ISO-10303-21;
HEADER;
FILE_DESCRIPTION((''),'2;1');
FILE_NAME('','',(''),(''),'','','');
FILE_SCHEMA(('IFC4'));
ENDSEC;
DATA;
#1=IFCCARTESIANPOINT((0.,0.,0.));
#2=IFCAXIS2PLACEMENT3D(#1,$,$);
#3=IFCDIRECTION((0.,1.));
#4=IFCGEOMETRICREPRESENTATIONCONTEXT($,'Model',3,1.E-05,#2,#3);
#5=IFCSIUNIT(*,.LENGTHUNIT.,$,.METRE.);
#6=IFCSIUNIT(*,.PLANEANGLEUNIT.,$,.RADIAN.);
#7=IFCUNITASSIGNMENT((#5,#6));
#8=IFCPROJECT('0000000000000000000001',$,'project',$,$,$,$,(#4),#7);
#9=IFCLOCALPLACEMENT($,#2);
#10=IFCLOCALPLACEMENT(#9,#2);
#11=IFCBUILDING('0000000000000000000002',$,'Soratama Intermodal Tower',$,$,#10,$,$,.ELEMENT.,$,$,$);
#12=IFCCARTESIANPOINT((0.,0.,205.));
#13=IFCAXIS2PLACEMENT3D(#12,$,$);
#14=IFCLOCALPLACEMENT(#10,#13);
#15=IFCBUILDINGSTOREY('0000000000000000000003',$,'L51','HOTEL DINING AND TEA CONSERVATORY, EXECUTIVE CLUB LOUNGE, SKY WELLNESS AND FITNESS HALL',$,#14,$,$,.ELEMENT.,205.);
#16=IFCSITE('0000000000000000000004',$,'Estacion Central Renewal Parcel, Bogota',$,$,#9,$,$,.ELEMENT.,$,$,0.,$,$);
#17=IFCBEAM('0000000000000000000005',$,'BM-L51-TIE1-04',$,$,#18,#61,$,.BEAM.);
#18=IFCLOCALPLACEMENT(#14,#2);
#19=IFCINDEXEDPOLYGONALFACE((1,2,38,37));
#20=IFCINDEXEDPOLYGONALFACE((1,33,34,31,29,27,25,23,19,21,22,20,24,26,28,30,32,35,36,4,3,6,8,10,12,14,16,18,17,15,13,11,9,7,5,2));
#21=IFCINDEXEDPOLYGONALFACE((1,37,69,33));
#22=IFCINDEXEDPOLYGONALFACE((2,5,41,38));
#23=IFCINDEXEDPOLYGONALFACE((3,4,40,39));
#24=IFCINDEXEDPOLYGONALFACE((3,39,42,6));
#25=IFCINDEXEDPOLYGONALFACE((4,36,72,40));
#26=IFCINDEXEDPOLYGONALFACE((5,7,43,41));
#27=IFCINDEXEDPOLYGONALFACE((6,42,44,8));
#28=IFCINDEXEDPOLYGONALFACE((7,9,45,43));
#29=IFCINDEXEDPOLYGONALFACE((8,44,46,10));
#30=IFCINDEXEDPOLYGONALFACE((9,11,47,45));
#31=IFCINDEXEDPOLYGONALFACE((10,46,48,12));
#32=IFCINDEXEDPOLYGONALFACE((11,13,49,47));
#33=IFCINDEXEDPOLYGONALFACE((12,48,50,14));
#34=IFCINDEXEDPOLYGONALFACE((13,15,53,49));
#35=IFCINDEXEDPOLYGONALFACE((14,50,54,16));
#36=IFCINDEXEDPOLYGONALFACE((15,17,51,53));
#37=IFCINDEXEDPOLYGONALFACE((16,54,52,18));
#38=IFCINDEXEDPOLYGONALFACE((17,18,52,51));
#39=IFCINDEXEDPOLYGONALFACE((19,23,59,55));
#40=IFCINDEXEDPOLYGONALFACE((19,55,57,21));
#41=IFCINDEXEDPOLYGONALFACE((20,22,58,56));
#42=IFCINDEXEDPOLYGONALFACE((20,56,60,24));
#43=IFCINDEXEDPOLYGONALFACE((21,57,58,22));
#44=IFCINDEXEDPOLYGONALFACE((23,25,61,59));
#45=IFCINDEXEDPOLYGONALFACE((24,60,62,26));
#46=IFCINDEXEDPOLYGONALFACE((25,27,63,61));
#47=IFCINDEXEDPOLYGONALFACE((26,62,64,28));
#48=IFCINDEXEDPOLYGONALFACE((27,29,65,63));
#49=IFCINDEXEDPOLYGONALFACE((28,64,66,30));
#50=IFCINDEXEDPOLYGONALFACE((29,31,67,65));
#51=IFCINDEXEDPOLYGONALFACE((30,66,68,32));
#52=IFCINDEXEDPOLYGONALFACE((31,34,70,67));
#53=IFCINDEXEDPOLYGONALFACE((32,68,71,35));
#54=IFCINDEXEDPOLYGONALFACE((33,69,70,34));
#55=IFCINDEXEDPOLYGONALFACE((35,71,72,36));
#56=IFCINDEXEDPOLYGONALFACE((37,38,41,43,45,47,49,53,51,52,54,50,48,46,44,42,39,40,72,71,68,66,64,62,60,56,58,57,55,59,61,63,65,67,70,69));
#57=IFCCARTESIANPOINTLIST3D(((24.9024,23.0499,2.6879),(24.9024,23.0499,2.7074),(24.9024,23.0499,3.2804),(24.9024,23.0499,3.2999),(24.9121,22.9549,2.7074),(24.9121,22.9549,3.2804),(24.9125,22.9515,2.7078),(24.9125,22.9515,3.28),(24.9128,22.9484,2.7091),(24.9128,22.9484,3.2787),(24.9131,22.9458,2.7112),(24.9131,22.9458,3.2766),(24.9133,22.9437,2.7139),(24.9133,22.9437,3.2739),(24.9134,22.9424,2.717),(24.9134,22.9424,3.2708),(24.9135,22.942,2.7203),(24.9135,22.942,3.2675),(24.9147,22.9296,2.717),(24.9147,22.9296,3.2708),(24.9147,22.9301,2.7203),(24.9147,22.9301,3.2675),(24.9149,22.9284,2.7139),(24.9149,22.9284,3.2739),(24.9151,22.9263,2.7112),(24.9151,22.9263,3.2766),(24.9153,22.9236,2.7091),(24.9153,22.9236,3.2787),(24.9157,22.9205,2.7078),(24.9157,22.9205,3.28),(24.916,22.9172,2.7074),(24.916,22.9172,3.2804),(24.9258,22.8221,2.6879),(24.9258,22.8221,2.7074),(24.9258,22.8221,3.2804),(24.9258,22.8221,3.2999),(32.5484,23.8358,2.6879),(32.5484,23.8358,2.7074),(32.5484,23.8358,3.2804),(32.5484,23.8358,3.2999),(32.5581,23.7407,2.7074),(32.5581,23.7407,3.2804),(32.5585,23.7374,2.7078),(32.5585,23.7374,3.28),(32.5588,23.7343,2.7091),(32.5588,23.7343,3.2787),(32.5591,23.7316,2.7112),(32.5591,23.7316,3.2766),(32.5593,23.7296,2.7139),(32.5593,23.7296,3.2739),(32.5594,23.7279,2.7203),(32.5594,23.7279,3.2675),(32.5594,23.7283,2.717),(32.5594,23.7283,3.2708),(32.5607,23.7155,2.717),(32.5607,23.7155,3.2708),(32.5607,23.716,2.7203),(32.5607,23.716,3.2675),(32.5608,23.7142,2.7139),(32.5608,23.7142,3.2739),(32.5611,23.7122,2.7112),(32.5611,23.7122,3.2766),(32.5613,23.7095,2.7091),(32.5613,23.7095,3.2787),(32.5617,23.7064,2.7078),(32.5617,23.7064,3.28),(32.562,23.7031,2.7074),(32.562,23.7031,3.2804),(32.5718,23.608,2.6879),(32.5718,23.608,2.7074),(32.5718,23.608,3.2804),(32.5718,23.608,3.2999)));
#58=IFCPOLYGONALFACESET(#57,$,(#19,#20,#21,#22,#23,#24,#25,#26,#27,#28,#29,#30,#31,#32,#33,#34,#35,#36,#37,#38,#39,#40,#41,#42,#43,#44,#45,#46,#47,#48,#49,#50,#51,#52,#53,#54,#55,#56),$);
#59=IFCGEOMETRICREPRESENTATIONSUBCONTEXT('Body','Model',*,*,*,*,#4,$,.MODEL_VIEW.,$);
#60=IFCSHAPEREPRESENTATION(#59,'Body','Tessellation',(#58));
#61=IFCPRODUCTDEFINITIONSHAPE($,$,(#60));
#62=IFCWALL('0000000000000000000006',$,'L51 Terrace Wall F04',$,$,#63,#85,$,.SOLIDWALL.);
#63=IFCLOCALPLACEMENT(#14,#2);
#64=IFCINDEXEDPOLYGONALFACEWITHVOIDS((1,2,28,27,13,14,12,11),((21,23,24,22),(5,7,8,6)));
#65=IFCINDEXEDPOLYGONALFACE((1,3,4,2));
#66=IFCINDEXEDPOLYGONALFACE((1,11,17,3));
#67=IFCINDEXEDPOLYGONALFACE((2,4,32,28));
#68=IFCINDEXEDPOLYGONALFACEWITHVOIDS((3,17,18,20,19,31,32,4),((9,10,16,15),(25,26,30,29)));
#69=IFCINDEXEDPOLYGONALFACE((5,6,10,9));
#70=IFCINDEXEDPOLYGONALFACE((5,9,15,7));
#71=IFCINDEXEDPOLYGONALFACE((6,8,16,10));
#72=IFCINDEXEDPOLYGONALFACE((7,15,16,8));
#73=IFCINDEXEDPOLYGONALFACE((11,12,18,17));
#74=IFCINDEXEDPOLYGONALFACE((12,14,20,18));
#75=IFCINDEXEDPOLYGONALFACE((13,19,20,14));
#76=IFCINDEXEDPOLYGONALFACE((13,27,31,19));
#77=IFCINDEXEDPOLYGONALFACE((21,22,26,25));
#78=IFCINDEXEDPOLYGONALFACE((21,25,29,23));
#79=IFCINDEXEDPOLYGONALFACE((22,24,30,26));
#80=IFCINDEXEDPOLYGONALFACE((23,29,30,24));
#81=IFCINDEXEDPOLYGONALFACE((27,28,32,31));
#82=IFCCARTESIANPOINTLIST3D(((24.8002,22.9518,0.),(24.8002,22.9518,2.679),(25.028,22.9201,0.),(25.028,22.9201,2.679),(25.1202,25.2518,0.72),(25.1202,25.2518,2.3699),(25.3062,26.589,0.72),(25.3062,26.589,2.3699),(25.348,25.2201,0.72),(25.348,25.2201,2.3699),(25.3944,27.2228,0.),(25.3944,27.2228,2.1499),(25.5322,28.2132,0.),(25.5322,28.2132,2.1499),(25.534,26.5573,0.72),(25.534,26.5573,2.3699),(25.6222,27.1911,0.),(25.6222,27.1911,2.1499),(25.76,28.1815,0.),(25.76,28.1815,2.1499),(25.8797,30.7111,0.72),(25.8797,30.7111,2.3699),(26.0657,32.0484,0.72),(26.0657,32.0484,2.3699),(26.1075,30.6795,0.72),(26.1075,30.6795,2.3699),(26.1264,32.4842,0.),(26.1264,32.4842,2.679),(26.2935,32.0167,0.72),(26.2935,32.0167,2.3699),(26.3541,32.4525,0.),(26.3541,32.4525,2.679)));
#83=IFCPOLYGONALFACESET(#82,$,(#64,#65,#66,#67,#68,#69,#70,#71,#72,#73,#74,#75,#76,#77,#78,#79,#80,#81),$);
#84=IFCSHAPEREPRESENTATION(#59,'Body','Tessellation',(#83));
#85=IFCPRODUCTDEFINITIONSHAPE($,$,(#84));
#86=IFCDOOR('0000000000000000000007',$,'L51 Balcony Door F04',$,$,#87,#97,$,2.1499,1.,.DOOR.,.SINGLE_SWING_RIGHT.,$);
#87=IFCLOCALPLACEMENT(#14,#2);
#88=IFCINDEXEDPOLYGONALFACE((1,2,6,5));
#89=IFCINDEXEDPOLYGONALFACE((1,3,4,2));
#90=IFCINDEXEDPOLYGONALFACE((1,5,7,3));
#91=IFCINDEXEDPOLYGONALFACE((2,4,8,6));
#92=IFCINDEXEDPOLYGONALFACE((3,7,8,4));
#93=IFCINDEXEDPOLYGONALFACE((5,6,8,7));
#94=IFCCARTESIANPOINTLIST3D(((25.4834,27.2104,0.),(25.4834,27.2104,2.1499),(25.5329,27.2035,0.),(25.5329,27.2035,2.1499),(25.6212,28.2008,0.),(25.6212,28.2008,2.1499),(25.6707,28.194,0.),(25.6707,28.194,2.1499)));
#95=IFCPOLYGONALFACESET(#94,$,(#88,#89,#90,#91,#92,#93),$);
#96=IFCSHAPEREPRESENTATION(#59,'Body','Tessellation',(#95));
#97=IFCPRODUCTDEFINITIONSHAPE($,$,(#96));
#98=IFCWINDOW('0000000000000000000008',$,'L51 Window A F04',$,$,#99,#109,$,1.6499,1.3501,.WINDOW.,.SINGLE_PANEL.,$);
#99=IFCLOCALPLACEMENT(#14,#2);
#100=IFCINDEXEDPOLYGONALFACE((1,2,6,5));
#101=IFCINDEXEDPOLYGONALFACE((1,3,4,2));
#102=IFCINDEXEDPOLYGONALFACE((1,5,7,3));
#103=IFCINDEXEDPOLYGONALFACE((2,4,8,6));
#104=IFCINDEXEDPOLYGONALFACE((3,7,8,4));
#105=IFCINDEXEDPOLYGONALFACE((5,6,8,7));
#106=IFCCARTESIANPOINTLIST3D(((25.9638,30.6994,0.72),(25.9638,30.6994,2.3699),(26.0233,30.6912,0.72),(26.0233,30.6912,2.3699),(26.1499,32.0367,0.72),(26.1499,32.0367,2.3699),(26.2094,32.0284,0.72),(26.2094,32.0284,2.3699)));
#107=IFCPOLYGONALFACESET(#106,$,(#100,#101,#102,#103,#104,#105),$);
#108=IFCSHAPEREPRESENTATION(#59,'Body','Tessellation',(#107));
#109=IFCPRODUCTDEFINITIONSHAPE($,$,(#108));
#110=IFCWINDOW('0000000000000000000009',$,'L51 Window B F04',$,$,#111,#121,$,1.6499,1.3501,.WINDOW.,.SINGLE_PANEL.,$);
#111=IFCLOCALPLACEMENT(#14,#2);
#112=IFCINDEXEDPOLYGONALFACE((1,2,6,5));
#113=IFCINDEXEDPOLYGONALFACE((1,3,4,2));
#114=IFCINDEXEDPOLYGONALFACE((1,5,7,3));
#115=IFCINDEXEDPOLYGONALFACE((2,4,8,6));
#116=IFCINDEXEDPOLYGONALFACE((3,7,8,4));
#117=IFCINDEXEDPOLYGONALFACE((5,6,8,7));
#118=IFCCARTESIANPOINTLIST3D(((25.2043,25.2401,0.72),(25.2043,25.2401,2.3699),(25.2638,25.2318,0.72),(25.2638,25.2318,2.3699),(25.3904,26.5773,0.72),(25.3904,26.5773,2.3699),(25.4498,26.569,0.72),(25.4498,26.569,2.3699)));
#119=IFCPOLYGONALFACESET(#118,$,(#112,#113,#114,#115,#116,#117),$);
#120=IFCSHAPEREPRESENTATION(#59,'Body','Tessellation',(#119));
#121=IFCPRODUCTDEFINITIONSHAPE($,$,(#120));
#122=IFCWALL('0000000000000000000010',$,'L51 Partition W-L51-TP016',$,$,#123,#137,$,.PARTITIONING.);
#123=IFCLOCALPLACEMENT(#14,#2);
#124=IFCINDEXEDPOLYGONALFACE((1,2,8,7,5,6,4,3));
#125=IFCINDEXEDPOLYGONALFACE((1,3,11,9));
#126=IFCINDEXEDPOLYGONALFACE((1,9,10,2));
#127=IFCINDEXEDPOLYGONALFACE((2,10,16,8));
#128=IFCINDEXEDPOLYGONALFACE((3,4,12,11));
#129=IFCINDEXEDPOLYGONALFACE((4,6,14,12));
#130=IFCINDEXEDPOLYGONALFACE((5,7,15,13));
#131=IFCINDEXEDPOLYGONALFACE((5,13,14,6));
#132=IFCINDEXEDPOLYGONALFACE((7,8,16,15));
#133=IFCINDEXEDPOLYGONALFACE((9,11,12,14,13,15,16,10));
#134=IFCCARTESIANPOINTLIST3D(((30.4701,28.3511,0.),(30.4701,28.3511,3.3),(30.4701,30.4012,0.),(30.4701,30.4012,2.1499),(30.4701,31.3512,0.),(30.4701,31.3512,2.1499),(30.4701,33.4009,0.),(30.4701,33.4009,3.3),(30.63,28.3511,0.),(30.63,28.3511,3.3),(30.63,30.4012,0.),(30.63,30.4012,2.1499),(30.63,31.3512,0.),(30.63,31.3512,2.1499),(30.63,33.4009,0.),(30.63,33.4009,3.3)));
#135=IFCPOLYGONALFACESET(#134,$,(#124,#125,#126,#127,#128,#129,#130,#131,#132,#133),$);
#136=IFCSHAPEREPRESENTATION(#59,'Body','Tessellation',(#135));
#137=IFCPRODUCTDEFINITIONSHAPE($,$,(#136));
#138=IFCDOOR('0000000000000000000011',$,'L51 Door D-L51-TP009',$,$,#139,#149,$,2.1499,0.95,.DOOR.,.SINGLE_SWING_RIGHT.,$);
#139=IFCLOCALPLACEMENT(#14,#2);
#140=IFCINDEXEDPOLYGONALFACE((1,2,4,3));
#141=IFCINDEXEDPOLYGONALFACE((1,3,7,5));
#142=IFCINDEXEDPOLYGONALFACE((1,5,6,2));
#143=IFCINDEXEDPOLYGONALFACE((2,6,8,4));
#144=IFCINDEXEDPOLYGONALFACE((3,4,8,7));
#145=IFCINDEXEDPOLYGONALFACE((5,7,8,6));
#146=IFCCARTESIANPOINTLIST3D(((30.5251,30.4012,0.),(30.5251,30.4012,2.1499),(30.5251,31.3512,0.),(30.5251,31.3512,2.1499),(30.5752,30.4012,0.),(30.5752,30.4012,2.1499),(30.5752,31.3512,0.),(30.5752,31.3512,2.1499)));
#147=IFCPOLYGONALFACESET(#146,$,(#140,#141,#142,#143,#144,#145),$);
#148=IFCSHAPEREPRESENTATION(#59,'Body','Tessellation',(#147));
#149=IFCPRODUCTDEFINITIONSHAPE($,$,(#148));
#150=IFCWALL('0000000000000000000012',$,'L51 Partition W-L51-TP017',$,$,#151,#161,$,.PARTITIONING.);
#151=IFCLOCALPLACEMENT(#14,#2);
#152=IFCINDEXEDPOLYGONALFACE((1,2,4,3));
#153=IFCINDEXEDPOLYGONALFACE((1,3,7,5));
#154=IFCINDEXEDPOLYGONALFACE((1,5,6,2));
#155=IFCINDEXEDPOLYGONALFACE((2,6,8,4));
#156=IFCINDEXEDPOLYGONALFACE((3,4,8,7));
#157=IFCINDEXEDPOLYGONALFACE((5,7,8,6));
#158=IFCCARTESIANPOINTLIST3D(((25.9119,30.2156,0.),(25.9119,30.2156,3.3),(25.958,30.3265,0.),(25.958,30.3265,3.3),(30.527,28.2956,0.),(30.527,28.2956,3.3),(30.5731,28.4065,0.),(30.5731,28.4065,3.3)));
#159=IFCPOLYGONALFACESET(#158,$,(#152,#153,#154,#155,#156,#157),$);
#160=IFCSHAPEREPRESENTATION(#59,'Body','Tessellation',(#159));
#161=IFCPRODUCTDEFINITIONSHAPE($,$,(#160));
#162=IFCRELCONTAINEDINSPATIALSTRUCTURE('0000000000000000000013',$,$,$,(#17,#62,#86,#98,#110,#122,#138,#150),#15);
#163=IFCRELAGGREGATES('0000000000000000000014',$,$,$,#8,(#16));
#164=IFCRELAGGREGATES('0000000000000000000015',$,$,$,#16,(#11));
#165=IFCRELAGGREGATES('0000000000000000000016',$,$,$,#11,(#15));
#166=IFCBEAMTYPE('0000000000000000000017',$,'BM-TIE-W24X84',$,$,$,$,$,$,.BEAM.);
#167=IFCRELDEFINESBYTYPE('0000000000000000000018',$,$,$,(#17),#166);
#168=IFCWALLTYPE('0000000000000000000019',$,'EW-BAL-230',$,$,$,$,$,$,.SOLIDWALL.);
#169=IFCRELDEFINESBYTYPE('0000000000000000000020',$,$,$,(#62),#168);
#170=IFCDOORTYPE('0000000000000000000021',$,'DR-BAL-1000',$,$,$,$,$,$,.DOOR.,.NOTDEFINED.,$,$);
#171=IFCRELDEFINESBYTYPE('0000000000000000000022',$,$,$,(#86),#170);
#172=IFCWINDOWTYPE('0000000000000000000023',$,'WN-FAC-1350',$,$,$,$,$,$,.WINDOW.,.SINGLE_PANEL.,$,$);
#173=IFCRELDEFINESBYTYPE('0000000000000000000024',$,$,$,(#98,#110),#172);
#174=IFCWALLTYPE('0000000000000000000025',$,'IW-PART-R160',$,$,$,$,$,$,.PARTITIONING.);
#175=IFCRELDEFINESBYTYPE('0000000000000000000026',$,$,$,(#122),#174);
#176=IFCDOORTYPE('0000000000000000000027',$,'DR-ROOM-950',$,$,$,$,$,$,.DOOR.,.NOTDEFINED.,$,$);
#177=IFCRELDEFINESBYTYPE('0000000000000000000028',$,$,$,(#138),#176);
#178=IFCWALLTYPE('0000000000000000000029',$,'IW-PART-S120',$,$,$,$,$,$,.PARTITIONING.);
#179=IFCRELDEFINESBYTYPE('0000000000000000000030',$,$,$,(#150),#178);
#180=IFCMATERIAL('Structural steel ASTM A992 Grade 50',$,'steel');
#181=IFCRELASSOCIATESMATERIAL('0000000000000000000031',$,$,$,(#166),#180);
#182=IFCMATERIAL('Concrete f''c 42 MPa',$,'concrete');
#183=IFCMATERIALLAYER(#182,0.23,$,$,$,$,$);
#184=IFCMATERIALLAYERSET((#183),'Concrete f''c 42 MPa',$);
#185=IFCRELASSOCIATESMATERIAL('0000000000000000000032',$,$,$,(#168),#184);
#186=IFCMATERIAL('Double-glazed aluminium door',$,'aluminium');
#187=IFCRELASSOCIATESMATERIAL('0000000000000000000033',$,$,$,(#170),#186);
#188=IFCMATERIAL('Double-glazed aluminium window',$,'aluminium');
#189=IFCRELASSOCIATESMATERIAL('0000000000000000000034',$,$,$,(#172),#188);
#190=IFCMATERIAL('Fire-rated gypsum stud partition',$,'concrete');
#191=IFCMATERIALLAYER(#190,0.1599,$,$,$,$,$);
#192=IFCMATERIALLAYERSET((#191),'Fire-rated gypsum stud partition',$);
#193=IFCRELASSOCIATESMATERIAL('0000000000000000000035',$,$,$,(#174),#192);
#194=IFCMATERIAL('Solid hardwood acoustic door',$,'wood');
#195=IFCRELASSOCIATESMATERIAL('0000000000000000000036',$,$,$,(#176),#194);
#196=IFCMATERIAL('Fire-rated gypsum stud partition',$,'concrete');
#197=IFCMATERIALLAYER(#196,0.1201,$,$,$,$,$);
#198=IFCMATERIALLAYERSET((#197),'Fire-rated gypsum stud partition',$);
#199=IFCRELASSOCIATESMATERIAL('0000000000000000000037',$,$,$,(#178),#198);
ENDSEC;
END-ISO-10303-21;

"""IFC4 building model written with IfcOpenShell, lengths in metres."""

from ifc_helpers import new_model, si_unit, direction, frame, frame_2d, origin, origin_2d, place, context, subcontext, project, spatial, rectangle, i_section, extrude, material, layer, layer_set, material_profile, profile_set, type_object, element, fill, save


model = new_model("IFC4")

# Units and contexts
model_context = context("Model", 3, precision=1e-05, world=origin(), true_north=direction((0.0, 1.0)))
body_context = subcontext(model_context, "Body", "Model", "MODEL_VIEW")
ifc_project = project(units=[si_unit("LENGTHUNIT", "METRE"), si_unit("PLANEANGLEUNIT", "RADIAN")], contexts=[model_context])

# Site, building, storey
site_placement = place(None, origin())
site = spatial("IfcSite", under=ifc_project, at=site_placement, Name="Estacion Central Renewal Parcel, Bogota", CompositionType="ELEMENT", RefElevation=0.0)
building_placement = place(site_placement, origin())
building = spatial("IfcBuilding", under=site, at=building_placement, Name="Soratama Intermodal Tower", CompositionType="ELEMENT")
storey_placement = place(building_placement, frame((0.0, 0.0, 205.0)))
storey = spatial("IfcBuildingStorey", under=building, at=storey_placement, Name="L51", Description="HOTEL DINING AND TEA CONSERVATORY, EXECUTIVE CLUB LOUNGE, SKY WELLNESS AND FITNESS HALL", CompositionType="ELEMENT", Elevation=205.0)

# Beam
ifc_material_1 = material(Name="Structural steel ASTM A992 Grade 50", Category="steel")
ifc_material_profile_1 = material_profile(ifc_material_1, i_section(OverallWidth=0.229, OverallDepth=0.6121, WebThickness=0.012, FlangeThickness=0.0195, FilletRadius=0.0129, at=origin_2d()), Name="W24X84")
ifc_profile_set_1 = profile_set([ifc_material_profile_1], Name="Structural steel ASTM A992 Grade 50")
beam_type_1 = type_object("IfcBeamType", Name="BM-TIE-W24X84", PredefinedType="BEAM", material=ifc_profile_set_1)
beam_1_placement = place(storey_placement, frame((32.5601, 23.7219, 2.9939), z_axis=(-0.994759, -0.102246, 0.0), x_axis=(0.102246, -0.994759, 0.0)))
element("IfcBeam", 1, at=beam_1_placement, inside=storey, type_object=beam_type_1, Name="BM-L51-TIE1-04", PredefinedType="BEAM", context=body_context, shape_type="SweptSolid", body=[
    extrude(i_section(OverallWidth=0.229, OverallDepth=0.6121, WebThickness=0.012, FlangeThickness=0.0195, FilletRadius=0.0129, at=origin_2d()), origin(), (0.0, 0.0, 1.0), 7.6863),
])

# Wall, openings, door, windows
ifc_material_2 = material(Name="Concrete f'c 42 MPa", Category="concrete")
ifc_layer_1 = layer(ifc_material_2, 0.23)
ifc_layer_set_1 = layer_set([ifc_layer_1], Name="Concrete f'c 42 MPa")
wall_type_1 = type_object("IfcWallType", Name="EW-BAL-230", PredefinedType="SOLIDWALL", material=ifc_layer_set_1)
wall_1_placement = place(storey_placement, frame((26.2402, 32.4683, 0.0), z_axis=(0.0, 0.0, 1.0), x_axis=(-0.137794, -0.990461, 0.0)))
wall_1 = element("IfcWall", 2, at=wall_1_placement, inside=storey, type_object=wall_type_1, Name="L51 Terrace Wall F04", PredefinedType="SOLIDWALL", context=body_context, shape_type="SweptSolid", body=[
    extrude(rectangle(XDim=9.6243, YDim=0.23, at=frame_2d((4.812, 0.0))), origin(), (0.0, 0.0, 1.0), 2.679),
])
opening_1_placement = place(wall_1_placement, frame((4.312, 0.0, 0.0)))
opening_1 = element("IfcOpeningElement", 3, at=opening_1_placement, cuts=wall_1, PredefinedType="OPENING", context=body_context, shape_type="SweptSolid", body=[
    extrude(rectangle(XDim=1.0, YDim=2.1499, at=frame_2d((0.5, 1.075))), frame((0.0, 0.125, 0.0), z_axis=(0.0, -1.0, 0.0), x_axis=(1.0, 0.0, 0.0)), (0.0, 0.0, 1.0), 0.25),
])
opening_2_placement = place(wall_1_placement, frame((0.4399, 0.0, 0.72)))
opening_2 = element("IfcOpeningElement", 4, at=opening_2_placement, cuts=wall_1, PredefinedType="OPENING", context=body_context, shape_type="SweptSolid", body=[
    extrude(rectangle(XDim=1.3501, YDim=1.6499, at=frame_2d((0.675, 0.825))), frame((0.0, 0.125, 0.0), z_axis=(0.0, -1.0, 0.0), x_axis=(1.0, 0.0, 0.0)), (0.0, 0.0, 1.0), 0.25),
])
opening_3_placement = place(wall_1_placement, frame((5.9519, 0.0, 0.72)))
opening_3 = element("IfcOpeningElement", 5, at=opening_3_placement, cuts=wall_1, PredefinedType="OPENING", context=body_context, shape_type="SweptSolid", body=[
    extrude(rectangle(XDim=1.3501, YDim=1.6499, at=frame_2d((0.675, 0.825))), frame((0.0, 0.125, 0.0), z_axis=(0.0, -1.0, 0.0), x_axis=(1.0, 0.0, 0.0)), (0.0, 0.0, 1.0), 0.25),
])
ifc_material_3 = material(Name="Double-glazed aluminium door", Category="aluminium")
door_type_1 = type_object("IfcDoorType", Name="DR-BAL-1000", OperationType="NOTDEFINED", PredefinedType="DOOR", material=ifc_material_3)
door_1_placement = place(opening_1_placement, origin())
door_1 = element("IfcDoor", 6, at=door_1_placement, inside=storey, type_object=door_type_1, Name="L51 Balcony Door F04", OperationType="SINGLE_SWING_RIGHT", OverallHeight=2.1499, OverallWidth=1.0, PredefinedType="DOOR", context=body_context, shape_type="SweptSolid", body=[
    extrude(rectangle(XDim=1.0, YDim=2.1499, at=frame_2d((0.5, 1.075))), frame((0.0, 0.0249, 0.0), z_axis=(0.0, -1.0, 0.0), x_axis=(1.0, 0.0, 0.0)), (0.0, 0.0, 1.0), 0.05),
])
fill(opening_1, door_1)
ifc_material_4 = material(Name="Double-glazed aluminium window", Category="aluminium")
window_type = type_object("IfcWindowType", Name="WN-FAC-1350", PartitioningType="SINGLE_PANEL", PredefinedType="WINDOW", material=ifc_material_4)
window_1_placement = place(opening_2_placement, origin())
window_1 = element("IfcWindow", 7, at=window_1_placement, inside=storey, type_object=window_type, Name="L51 Window A F04", OverallHeight=1.6499, OverallWidth=1.3501, PartitioningType="SINGLE_PANEL", PredefinedType="WINDOW", context=body_context, shape_type="SweptSolid", body=[
    extrude(rectangle(XDim=1.3501, YDim=1.6499, at=frame_2d((0.675, 0.825))), frame((0.0, 0.03, 0.0), z_axis=(0.0, -1.0, 0.0), x_axis=(1.0, 0.0, 0.0)), (0.0, 0.0, 1.0), 0.0601),
])
fill(opening_2, window_1)
window_2_placement = place(opening_3_placement, origin())
window_2 = element("IfcWindow", 8, at=window_2_placement, inside=storey, type_object=window_type, Name="L51 Window B F04", OverallHeight=1.6499, OverallWidth=1.3501, PartitioningType="SINGLE_PANEL", PredefinedType="WINDOW", context=body_context, shape_type="SweptSolid", body=[
    extrude(rectangle(XDim=1.3501, YDim=1.6499, at=frame_2d((0.675, 0.825))), frame((0.0, 0.03, 0.0), z_axis=(0.0, -1.0, 0.0), x_axis=(1.0, 0.0, 0.0)), (0.0, 0.0, 1.0), 0.0601),
])
fill(opening_3, window_2)

# Wall, opening, door
ifc_material_5 = material(Name="Fire-rated gypsum stud partition", Category="concrete")
ifc_layer_2 = layer(ifc_material_5, 0.1599)
ifc_layer_set_2 = layer_set([ifc_layer_2], Name="Fire-rated gypsum stud partition")
wall_type_2 = type_object("IfcWallType", Name="IW-PART-R160", PredefinedType="PARTITIONING", material=ifc_layer_set_2)
wall_2_placement = place(storey_placement, frame((30.55, 28.3511, 0.0), z_axis=(0.0, 0.0, 1.0), x_axis=(0.0, 1.0, 0.0)))
wall_2 = element("IfcWall", 9, at=wall_2_placement, inside=storey, type_object=wall_type_2, Name="L51 Partition W-L51-TP016", PredefinedType="PARTITIONING", context=body_context, shape_type="SweptSolid", body=[
    extrude(rectangle(XDim=5.0498, YDim=0.1599, at=frame_2d((2.5249, 0.0))), origin(), (0.0, 0.0, 1.0), 3.3),
])
opening_4_placement = place(wall_2_placement, frame((2.05, 0.0, 0.0)))
opening_4 = element("IfcOpeningElement", 10, at=opening_4_placement, cuts=wall_2, PredefinedType="OPENING", context=body_context, shape_type="SweptSolid", body=[
    extrude(rectangle(XDim=0.95, YDim=2.1499, at=frame_2d((0.4751, 1.075))), frame((0.0, 0.0898, 0.0), z_axis=(0.0, -1.0, 0.0), x_axis=(1.0, 0.0, 0.0)), (0.0, 0.0, 1.0), 0.1799),
])
ifc_material_6 = material(Name="Solid hardwood acoustic door", Category="wood")
door_type_2 = type_object("IfcDoorType", Name="DR-ROOM-950", OperationType="NOTDEFINED", PredefinedType="DOOR", material=ifc_material_6)
door_2_placement = place(opening_4_placement, origin())
door_2 = element("IfcDoor", 11, at=door_2_placement, inside=storey, type_object=door_type_2, Name="L51 Door D-L51-TP009", OperationType="SINGLE_SWING_RIGHT", OverallHeight=2.1499, OverallWidth=0.95, PredefinedType="DOOR", context=body_context, shape_type="SweptSolid", body=[
    extrude(rectangle(XDim=0.95, YDim=2.1499, at=frame_2d((0.4751, 1.075))), frame((0.0, 0.0249, 0.0), z_axis=(0.0, -1.0, 0.0), x_axis=(1.0, 0.0, 0.0)), (0.0, 0.0, 1.0), 0.05),
])
fill(opening_4, door_2)

# Wall
ifc_material_7 = material(Name="Fire-rated gypsum stud partition", Category="concrete")
ifc_layer_3 = layer(ifc_material_7, 0.1201)
ifc_layer_set_3 = layer_set([ifc_layer_3], Name="Fire-rated gypsum stud partition")
wall_type_3 = type_object("IfcWallType", Name="IW-PART-S120", PredefinedType="PARTITIONING", material=ifc_layer_set_3)
wall_3_placement = place(storey_placement, frame((30.55, 28.3511, 0.0), z_axis=(0.0, 0.0, 1.0), x_axis=(-0.923289, 0.384106, 0.0)))
element("IfcWall", 12, at=wall_3_placement, inside=storey, type_object=wall_type_3, Name="L51 Partition W-L51-TP017", PredefinedType="PARTITIONING", context=body_context, shape_type="SweptSolid", body=[
    extrude(rectangle(XDim=4.9985, YDim=0.1201, at=frame_2d((2.4993, 0.0))), origin(), (0.0, 0.0, 1.0), 3.3),
])

save(model, "model.ifc")
